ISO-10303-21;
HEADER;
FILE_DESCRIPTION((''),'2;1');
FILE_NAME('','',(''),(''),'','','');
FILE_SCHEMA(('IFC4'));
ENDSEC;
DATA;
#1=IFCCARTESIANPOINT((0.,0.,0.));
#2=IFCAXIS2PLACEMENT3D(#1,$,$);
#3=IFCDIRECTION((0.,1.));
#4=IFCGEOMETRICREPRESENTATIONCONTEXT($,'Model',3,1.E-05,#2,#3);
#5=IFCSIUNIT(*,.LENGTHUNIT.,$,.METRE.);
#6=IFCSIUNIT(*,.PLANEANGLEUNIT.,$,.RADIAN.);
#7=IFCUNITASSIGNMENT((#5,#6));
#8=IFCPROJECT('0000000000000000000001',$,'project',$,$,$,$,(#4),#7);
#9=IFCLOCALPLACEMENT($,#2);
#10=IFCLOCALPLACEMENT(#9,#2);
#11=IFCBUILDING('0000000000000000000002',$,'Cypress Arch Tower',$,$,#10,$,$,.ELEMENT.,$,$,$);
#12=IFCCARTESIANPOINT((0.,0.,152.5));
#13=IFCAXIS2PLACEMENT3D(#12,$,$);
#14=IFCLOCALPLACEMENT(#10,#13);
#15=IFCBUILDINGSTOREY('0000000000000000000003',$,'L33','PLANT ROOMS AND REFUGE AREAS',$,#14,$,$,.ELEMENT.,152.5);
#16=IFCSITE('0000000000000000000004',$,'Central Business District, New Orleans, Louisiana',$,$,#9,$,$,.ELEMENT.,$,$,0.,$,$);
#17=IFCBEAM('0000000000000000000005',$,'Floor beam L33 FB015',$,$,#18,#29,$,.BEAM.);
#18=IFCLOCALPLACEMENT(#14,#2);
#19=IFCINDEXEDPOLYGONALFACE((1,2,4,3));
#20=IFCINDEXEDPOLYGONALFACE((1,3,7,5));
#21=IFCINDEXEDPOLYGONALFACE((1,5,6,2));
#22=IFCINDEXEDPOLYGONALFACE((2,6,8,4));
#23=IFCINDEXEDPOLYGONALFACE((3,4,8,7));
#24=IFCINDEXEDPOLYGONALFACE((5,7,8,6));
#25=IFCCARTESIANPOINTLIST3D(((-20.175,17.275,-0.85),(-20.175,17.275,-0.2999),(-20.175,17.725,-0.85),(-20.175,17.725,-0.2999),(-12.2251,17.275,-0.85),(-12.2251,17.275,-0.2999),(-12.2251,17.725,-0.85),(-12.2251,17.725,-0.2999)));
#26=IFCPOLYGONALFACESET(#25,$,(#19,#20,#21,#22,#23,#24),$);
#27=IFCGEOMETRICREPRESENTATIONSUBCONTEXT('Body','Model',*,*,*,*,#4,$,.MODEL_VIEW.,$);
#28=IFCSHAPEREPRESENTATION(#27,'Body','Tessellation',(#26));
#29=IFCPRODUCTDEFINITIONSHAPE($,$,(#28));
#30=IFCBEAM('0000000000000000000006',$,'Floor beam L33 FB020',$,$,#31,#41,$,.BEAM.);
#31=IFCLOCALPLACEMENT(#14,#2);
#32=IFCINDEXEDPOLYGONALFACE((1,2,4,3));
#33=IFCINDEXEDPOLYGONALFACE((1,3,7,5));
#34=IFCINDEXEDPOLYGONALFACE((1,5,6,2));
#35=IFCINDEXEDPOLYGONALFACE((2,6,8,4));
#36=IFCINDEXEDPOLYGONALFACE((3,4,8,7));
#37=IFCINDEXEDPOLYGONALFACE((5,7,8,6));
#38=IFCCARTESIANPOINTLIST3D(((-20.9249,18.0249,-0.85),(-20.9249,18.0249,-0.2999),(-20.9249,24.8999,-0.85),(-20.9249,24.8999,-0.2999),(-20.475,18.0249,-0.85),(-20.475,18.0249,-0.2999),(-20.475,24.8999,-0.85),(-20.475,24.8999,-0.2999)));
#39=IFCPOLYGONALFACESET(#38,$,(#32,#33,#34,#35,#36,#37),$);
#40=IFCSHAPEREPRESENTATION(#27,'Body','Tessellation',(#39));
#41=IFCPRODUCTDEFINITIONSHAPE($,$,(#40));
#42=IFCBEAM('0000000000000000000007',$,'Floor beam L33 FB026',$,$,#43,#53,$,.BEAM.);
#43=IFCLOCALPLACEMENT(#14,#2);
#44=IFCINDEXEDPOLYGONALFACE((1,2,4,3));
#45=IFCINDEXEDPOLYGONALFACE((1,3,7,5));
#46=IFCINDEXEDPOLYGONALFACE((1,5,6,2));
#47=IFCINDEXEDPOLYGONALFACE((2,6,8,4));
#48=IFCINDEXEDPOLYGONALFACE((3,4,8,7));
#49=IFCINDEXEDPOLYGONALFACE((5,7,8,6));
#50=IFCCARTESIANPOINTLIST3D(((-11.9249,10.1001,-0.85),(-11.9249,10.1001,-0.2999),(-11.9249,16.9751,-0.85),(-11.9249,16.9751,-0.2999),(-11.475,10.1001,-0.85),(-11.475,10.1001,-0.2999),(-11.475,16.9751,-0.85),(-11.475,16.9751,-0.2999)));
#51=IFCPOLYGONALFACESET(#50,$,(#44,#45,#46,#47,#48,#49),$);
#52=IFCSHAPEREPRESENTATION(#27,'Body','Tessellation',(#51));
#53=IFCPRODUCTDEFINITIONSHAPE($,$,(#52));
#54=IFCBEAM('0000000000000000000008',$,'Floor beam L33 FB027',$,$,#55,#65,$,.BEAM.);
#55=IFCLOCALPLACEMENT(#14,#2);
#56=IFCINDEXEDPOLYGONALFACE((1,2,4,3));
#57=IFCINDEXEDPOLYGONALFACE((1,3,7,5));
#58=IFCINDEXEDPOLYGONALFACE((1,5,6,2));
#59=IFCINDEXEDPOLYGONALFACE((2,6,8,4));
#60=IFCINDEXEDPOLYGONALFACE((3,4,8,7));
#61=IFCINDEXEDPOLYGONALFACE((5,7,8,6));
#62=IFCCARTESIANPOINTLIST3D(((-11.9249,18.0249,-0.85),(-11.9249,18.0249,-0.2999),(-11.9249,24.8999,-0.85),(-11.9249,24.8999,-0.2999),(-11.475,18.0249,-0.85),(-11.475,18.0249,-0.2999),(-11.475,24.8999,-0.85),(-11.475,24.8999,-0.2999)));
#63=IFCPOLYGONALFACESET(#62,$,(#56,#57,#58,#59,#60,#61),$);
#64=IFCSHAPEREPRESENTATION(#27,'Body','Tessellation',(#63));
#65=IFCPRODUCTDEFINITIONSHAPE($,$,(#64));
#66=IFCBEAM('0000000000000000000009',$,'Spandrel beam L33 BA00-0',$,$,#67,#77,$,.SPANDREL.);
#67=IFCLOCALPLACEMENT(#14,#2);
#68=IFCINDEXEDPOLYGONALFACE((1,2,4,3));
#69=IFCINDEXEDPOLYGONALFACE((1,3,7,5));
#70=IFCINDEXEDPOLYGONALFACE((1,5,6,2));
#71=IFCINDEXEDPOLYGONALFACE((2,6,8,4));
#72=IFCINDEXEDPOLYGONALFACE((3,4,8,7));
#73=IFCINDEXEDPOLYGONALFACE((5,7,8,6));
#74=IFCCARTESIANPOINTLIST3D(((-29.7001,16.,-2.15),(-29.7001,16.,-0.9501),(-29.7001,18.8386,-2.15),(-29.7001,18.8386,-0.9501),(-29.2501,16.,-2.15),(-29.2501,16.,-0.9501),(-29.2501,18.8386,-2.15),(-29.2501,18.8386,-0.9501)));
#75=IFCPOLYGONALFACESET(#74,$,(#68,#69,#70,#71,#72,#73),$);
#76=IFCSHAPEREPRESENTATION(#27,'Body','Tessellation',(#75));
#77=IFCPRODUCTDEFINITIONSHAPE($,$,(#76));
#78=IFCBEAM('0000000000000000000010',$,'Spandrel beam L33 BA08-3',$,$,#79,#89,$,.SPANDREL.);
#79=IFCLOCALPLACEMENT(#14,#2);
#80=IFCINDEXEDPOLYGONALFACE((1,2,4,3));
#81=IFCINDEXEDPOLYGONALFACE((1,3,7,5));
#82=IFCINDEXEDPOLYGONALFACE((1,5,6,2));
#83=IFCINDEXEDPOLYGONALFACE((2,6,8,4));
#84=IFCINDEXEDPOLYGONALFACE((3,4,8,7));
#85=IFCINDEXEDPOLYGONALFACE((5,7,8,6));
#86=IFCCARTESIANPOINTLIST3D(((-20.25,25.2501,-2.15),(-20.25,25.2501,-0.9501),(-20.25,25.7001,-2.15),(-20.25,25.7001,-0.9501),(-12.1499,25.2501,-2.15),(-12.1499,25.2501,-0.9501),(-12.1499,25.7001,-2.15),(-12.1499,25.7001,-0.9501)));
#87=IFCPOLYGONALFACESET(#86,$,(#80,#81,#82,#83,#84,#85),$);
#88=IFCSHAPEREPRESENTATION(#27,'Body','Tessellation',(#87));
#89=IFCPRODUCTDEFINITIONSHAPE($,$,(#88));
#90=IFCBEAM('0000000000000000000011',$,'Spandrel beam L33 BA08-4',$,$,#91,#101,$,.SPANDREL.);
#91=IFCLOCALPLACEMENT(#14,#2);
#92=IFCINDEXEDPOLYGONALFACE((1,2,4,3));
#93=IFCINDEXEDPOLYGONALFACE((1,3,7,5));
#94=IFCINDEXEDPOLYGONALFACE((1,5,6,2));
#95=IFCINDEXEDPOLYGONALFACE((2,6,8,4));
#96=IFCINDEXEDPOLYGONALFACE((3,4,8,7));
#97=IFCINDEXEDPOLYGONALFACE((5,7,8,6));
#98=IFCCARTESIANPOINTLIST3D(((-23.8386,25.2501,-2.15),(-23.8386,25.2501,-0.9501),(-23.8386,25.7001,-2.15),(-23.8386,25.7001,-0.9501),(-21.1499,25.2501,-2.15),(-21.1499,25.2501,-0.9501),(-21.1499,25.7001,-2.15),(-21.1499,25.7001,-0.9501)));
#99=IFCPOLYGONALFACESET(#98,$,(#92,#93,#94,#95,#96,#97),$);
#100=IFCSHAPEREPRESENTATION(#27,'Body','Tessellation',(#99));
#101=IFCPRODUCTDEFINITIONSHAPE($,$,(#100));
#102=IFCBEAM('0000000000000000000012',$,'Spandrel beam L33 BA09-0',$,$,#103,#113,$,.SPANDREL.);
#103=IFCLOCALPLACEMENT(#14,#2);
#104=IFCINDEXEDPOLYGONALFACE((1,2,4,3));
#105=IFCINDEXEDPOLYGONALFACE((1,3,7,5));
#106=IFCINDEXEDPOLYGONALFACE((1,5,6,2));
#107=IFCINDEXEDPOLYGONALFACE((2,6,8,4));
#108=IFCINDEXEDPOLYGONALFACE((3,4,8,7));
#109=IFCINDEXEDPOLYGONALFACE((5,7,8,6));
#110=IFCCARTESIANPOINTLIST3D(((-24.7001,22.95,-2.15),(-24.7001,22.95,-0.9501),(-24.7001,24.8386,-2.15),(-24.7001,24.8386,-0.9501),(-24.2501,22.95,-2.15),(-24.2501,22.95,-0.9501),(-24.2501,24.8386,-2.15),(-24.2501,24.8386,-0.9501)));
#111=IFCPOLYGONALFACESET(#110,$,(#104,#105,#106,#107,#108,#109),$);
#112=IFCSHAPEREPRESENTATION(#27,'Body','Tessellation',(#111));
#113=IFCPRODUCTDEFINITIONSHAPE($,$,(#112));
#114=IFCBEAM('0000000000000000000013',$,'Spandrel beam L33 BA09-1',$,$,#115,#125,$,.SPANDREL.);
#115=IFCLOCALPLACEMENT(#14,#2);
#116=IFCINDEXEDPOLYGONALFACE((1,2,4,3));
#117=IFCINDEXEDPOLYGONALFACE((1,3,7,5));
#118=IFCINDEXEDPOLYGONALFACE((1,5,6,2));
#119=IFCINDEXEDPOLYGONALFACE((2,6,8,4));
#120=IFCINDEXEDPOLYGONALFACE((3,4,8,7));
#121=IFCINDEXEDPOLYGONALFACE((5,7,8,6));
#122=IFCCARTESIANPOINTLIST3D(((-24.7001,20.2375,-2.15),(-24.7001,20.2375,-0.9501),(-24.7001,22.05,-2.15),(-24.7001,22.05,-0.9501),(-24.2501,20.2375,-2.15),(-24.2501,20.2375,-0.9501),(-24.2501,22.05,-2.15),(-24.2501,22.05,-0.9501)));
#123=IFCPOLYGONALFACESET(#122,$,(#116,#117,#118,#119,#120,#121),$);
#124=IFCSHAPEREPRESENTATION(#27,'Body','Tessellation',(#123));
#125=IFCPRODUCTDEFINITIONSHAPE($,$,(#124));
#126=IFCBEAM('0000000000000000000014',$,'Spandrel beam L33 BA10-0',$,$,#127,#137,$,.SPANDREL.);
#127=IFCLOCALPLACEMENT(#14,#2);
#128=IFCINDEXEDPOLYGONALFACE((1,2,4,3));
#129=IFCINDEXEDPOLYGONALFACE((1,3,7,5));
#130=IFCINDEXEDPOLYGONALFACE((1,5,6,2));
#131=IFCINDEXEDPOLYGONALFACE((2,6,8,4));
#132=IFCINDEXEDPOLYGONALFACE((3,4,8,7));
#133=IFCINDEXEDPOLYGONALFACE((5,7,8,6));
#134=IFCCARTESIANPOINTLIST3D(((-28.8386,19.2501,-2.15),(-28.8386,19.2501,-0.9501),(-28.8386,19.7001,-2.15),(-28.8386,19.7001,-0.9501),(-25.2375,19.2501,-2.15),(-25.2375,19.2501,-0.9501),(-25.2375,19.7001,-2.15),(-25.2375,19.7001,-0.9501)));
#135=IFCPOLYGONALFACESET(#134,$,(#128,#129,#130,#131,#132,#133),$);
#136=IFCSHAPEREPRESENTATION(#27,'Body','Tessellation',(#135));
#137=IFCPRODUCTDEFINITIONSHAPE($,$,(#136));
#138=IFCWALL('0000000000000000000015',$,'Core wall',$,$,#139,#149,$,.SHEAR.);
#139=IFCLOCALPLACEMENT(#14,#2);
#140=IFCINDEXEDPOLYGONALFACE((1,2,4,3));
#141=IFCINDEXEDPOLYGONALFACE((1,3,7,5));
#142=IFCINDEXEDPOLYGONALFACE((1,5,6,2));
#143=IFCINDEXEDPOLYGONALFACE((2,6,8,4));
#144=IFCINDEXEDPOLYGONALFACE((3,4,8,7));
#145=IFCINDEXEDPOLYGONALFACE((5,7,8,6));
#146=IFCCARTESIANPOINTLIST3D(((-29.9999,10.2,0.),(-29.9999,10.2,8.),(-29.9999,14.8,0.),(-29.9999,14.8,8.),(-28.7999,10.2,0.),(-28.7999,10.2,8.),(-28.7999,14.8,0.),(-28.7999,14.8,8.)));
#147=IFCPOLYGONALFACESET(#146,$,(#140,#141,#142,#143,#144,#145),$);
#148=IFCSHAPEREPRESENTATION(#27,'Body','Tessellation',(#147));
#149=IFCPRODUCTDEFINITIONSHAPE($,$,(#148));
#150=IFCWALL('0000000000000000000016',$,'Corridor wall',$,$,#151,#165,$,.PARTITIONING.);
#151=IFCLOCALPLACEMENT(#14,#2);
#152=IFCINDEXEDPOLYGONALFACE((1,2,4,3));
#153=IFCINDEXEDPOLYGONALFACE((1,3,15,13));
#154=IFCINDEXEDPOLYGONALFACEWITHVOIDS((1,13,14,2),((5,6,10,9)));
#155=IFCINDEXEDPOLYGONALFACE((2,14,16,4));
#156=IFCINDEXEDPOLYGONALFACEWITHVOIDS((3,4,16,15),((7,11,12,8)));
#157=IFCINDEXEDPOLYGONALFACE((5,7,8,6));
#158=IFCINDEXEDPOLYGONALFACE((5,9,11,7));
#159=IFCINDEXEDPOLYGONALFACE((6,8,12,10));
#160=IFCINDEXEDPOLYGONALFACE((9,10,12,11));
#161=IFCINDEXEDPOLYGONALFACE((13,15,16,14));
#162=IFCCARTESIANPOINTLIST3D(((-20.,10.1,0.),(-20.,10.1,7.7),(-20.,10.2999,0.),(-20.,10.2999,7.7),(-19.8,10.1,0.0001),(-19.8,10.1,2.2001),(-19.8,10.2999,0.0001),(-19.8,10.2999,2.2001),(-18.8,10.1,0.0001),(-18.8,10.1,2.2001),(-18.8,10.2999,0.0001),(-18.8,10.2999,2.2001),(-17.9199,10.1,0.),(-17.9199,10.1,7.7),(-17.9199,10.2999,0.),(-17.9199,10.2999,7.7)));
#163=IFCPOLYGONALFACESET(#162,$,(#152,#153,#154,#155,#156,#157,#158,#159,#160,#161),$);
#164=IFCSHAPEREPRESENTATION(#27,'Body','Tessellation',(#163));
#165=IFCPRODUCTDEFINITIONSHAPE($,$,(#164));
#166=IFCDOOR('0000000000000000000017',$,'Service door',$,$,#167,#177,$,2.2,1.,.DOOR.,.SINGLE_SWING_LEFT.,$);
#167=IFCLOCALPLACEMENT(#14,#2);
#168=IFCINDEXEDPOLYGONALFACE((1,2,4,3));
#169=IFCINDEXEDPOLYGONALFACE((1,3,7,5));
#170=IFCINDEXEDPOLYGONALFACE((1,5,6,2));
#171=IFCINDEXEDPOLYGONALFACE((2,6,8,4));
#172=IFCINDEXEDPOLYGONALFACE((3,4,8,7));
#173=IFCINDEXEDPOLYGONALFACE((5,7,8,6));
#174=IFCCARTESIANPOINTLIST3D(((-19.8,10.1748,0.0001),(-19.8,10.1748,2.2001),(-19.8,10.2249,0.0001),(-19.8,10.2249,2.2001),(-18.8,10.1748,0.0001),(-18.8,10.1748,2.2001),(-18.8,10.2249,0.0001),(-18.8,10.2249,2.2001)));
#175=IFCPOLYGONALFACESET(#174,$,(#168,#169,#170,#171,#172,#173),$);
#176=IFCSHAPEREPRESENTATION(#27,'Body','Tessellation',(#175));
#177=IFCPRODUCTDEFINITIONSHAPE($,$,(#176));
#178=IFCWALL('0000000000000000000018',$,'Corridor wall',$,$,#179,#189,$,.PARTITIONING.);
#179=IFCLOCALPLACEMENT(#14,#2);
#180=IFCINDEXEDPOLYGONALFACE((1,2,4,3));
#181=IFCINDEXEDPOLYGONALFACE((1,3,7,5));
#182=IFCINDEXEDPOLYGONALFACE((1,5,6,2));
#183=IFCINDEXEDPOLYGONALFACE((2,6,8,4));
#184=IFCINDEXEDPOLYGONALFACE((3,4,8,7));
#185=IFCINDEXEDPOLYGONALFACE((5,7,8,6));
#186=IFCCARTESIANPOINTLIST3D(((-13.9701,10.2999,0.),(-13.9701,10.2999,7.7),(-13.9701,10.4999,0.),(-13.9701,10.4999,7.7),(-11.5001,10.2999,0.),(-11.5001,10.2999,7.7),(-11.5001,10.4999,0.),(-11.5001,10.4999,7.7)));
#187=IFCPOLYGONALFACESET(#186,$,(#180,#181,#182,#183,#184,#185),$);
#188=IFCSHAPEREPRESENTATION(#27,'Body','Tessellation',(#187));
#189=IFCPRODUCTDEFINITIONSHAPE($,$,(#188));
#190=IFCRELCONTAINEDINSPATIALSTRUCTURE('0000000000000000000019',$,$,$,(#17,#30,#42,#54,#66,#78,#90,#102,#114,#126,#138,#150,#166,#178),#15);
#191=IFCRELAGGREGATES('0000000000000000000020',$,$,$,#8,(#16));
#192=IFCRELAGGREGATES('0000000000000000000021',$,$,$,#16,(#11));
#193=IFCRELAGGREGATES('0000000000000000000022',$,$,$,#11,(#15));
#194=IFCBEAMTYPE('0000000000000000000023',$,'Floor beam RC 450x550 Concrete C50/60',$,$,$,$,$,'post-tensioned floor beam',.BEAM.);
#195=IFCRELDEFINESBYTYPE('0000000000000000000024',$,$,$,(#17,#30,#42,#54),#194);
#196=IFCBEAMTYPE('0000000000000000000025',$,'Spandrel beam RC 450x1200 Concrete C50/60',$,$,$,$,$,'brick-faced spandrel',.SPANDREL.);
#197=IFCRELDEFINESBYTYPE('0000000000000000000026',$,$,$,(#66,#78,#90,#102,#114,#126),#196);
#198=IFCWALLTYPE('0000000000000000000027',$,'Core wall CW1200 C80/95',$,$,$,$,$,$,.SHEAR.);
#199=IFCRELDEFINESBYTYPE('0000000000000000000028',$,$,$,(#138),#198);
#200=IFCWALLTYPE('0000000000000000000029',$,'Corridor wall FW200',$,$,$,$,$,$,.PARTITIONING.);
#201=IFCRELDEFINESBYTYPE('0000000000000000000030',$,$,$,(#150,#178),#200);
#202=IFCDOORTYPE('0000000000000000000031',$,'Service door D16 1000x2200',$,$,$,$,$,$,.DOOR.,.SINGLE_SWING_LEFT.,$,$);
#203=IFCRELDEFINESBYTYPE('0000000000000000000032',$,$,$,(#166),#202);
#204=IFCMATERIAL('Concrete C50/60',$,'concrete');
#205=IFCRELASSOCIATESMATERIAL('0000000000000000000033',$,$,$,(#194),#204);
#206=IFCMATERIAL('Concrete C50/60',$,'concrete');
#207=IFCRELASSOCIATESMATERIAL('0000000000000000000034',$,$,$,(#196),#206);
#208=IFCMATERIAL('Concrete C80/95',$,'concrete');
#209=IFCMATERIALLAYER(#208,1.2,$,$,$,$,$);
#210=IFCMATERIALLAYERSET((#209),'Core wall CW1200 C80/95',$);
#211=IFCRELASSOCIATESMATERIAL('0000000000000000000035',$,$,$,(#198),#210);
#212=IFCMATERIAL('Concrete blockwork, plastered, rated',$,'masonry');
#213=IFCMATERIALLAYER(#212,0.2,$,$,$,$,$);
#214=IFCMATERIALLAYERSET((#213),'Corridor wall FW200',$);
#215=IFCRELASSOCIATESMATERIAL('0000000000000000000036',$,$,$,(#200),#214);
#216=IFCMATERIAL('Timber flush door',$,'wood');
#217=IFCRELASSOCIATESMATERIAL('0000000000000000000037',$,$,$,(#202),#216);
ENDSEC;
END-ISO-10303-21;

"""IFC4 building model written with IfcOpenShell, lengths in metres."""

from ifc_helpers import new_model, si_unit, direction, frame, frame_2d, origin, origin_2d, place, context, subcontext, project, spatial, rectangle, extrude, material, layer, layer_set, material_profile, profile_set, type_object, element, fill, save


model = new_model("IFC4")

# Units and contexts
model_context = context("Model", 3, precision=1e-05, world=origin(), true_north=direction((0.0, 1.0)))
body_context = subcontext(model_context, "Body", "Model", "MODEL_VIEW")
ifc_project = project(units=[si_unit("LENGTHUNIT", "METRE"), si_unit("PLANEANGLEUNIT", "RADIAN")], contexts=[model_context])

# Site, building, storey
site_placement = place(None, origin())
site = spatial("IfcSite", under=ifc_project, at=site_placement, Name="Central Business District, New Orleans, Louisiana", CompositionType="ELEMENT", RefElevation=0.0)
building_placement = place(site_placement, origin())
building = spatial("IfcBuilding", under=site, at=building_placement, Name="Cypress Arch Tower", CompositionType="ELEMENT")
storey_placement = place(building_placement, frame((0.0, 0.0, 152.5)))
storey = spatial("IfcBuildingStorey", under=building, at=storey_placement, Name="L33", Description="PLANT ROOMS AND REFUGE AREAS", CompositionType="ELEMENT", Elevation=152.5)

# Beams
ifc_material_1 = material(Name="Concrete C50/60", Category="concrete")
ifc_material_profile_1 = material_profile(ifc_material_1, rectangle(XDim=0.45, YDim=0.55, at=origin_2d()), Name="RC 450x550")
ifc_profile_set_1 = profile_set([ifc_material_profile_1], Name="Concrete C50/60")
beam_type_1 = type_object("IfcBeamType", Name="Floor beam RC 450x550 Concrete C50/60", ElementType="post-tensioned floor beam", PredefinedType="BEAM", material=ifc_profile_set_1)
beam_1_placement = place(storey_placement, frame((-20.175, 17.5, -0.575), z_axis=(1.0, 0.0, 0.0), x_axis=(0.0, 1.0, 0.0)))
element("IfcBeam", 1, at=beam_1_placement, inside=storey, type_object=beam_type_1, Name="Floor beam L33 FB015", PredefinedType="BEAM", context=body_context, shape_type="SweptSolid", body=[
    extrude(rectangle(XDim=0.45, YDim=0.55, at=origin_2d()), origin(), (0.0, 0.0, 1.0), 7.95),
])
for number, where, z_axis, x_axis, name in (
    (2, (-20.7, 18.0249, -0.575), (0.0, 1.0, 0.0), (-1.0, 0.0, 0.0), "Floor beam L33 FB020"),
    (3, (-11.7, 10.1001, -0.575), (0.0, 1.0, 0.0), (-1.0, 0.0, 0.0), "Floor beam L33 FB026"),
    (4, (-11.7, 18.0249, -0.575), (0.0, 1.0, 0.0), (-1.0, 0.0, 0.0), "Floor beam L33 FB027"),
):
    element("IfcBeam", number, at=place(storey_placement, frame(where, z_axis=z_axis, x_axis=x_axis)), inside=storey, type_object=beam_type_1, Name=name, PredefinedType="BEAM", context=body_context, shape_type="SweptSolid", body=[
        extrude(rectangle(XDim=0.45, YDim=0.55, at=origin_2d()), origin(), (0.0, 0.0, 1.0), 6.875),
    ])
ifc_material_2 = material(Name="Concrete C50/60", Category="concrete")
ifc_material_profile_2 = material_profile(ifc_material_2, rectangle(XDim=0.45, YDim=1.2, at=origin_2d()), Name="RC 450x1200")
ifc_profile_set_2 = profile_set([ifc_material_profile_2], Name="Concrete C50/60")
beam_type_2 = type_object("IfcBeamType", Name="Spandrel beam RC 450x1200 Concrete C50/60", ElementType="brick-faced spandrel", PredefinedType="SPANDREL", material=ifc_profile_set_2)
beam_2_placement = place(storey_placement, frame((-29.4751, 18.8386, -1.55), z_axis=(0.0, -1.0, 0.0), x_axis=(1.0, 0.0, 0.0)))
element("IfcBeam", 5, at=beam_2_placement, inside=storey, type_object=beam_type_2, Name="Spandrel beam L33 BA00-0", PredefinedType="SPANDREL", context=body_context, shape_type="SweptSolid", body=[
    extrude(rectangle(XDim=0.45, YDim=1.2, at=origin_2d()), origin(), (0.0, 0.0, 1.0), 2.8386),
])
beam_3_placement = place(storey_placement, frame((-12.1499, 25.4751, -1.55), z_axis=(-1.0, 0.0, 0.0), x_axis=(0.0, -1.0, 0.0)))
element("IfcBeam", 6, at=beam_3_placement, inside=storey, type_object=beam_type_2, Name="Spandrel beam L33 BA08-3", PredefinedType="SPANDREL", context=body_context, shape_type="SweptSolid", body=[
    extrude(rectangle(XDim=0.45, YDim=1.2, at=origin_2d()), origin(), (0.0, 0.0, 1.0), 8.1001),
])
beam_4_placement = place(storey_placement, frame((-21.1499, 25.4751, -1.55), z_axis=(-1.0, 0.0, 0.0), x_axis=(0.0, -1.0, 0.0)))
element("IfcBeam", 7, at=beam_4_placement, inside=storey, type_object=beam_type_2, Name="Spandrel beam L33 BA08-4", PredefinedType="SPANDREL", context=body_context, shape_type="SweptSolid", body=[
    extrude(rectangle(XDim=0.45, YDim=1.2, at=origin_2d()), origin(), (0.0, 0.0, 1.0), 2.6887),
])
beam_5_placement = place(storey_placement, frame((-24.4751, 24.8386, -1.55), z_axis=(0.0, -1.0, 0.0), x_axis=(1.0, 0.0, 0.0)))
element("IfcBeam", 8, at=beam_5_placement, inside=storey, type_object=beam_type_2, Name="Spandrel beam L33 BA09-0", PredefinedType="SPANDREL", context=body_context, shape_type="SweptSolid", body=[
    extrude(rectangle(XDim=0.45, YDim=1.2, at=origin_2d()), origin(), (0.0, 0.0, 1.0), 1.8887),
])
beam_6_placement = place(storey_placement, frame((-24.4751, 22.05, -1.55), z_axis=(0.0, -1.0, 0.0), x_axis=(1.0, 0.0, 0.0)))
element("IfcBeam", 9, at=beam_6_placement, inside=storey, type_object=beam_type_2, Name="Spandrel beam L33 BA09-1", PredefinedType="SPANDREL", context=body_context, shape_type="SweptSolid", body=[
    extrude(rectangle(XDim=0.45, YDim=1.2, at=origin_2d()), origin(), (0.0, 0.0, 1.0), 1.8125),
])
beam_7_placement = place(storey_placement, frame((-25.2375, 19.4751, -1.55), z_axis=(-1.0, 0.0, 0.0), x_axis=(0.0, -1.0, 0.0)))
element("IfcBeam", 10, at=beam_7_placement, inside=storey, type_object=beam_type_2, Name="Spandrel beam L33 BA10-0", PredefinedType="SPANDREL", context=body_context, shape_type="SweptSolid", body=[
    extrude(rectangle(XDim=0.45, YDim=1.2, at=origin_2d()), origin(), (0.0, 0.0, 1.0), 3.6011),
])

# Wall
ifc_material_3 = material(Name="Concrete C80/95", Category="concrete")
ifc_layer_1 = layer(ifc_material_3, 1.2)
ifc_layer_set_1 = layer_set([ifc_layer_1], Name="Core wall CW1200 C80/95")
wall_type_1 = type_object("IfcWallType", Name="Core wall CW1200 C80/95", PredefinedType="SHEAR", material=ifc_layer_set_1)
wall_1_placement = place(storey_placement, frame((-29.3999, 10.2, 0.0), z_axis=(0.0, 0.0, 1.0), x_axis=(0.0, 1.0, 0.0)))
element("IfcWall", 11, at=wall_1_placement, inside=storey, type_object=wall_type_1, Name="Core wall", PredefinedType="SHEAR", context=body_context, shape_type="SweptSolid", body=[
    extrude(rectangle(XDim=4.6001, YDim=1.2, at=frame_2d((2.3, 0.0))), origin(), (0.0, 0.0, 1.0), 8.0),
])

# Wall, opening, door
ifc_material_4 = material(Name="Concrete blockwork, plastered, rated", Category="masonry")
ifc_layer_2 = layer(ifc_material_4, 0.2)
ifc_layer_set_2 = layer_set([ifc_layer_2], Name="Corridor wall FW200")
wall_type_2 = type_object("IfcWallType", Name="Corridor wall FW200", PredefinedType="PARTITIONING", material=ifc_layer_set_2)
wall_2_placement = place(storey_placement, frame((-20.0, 10.2, 0.0), z_axis=(0.0, 0.0, 1.0), x_axis=(1.0, 0.0, 0.0)))
wall_2 = element("IfcWall", 12, at=wall_2_placement, inside=storey, type_object=wall_type_2, Name="Corridor wall", PredefinedType="PARTITIONING", context=body_context, shape_type="SweptSolid", body=[
    extrude(rectangle(XDim=2.0801, YDim=0.2, at=frame_2d((1.04, 0.0))), origin(), (0.0, 0.0, 1.0), 7.7),
])
opening_1_placement = place(wall_2_placement, frame((0.2, 0.0, 0.0)))
opening_1 = element("IfcOpeningElement", 13, at=opening_1_placement, cuts=wall_2, PredefinedType="OPENING", context=body_context, shape_type="SweptSolid", body=[
    extrude(rectangle(XDim=1.0, YDim=2.2, at=frame_2d((0.5, 1.1001))), frame((0.0, 0.1099, 0.0), z_axis=(0.0, -1.0, 0.0), x_axis=(1.0, 0.0, 0.0)), (0.0, 0.0, 1.0), 0.22),
])
ifc_material_5 = material(Name="Timber flush door", Category="wood")
door_type_1 = type_object("IfcDoorType", Name="Service door D16 1000x2200", OperationType="SINGLE_SWING_LEFT", PredefinedType="DOOR", material=ifc_material_5)
door_1_placement = place(opening_1_placement, origin())
door_1 = element("IfcDoor", 14, at=door_1_placement, inside=storey, type_object=door_type_1, Name="Service door", OperationType="SINGLE_SWING_LEFT", OverallHeight=2.2, OverallWidth=1.0, PredefinedType="DOOR", context=body_context, shape_type="SweptSolid", body=[
    extrude(rectangle(XDim=1.0, YDim=2.2, at=frame_2d((0.5, 1.1001))), frame((0.0, 0.0249, 0.0), z_axis=(0.0, -1.0, 0.0), x_axis=(1.0, 0.0, 0.0)), (0.0, 0.0, 1.0), 0.05),
])
fill(opening_1, door_1)

# Wall
wall_3_placement = place(storey_placement, frame((-13.97, 10.3999, 0.0), z_axis=(0.0, 0.0, 1.0), x_axis=(1.0, 0.0, 0.0)))
element("IfcWall", 15, at=wall_3_placement, inside=storey, type_object=wall_type_2, Name="Corridor wall", PredefinedType="PARTITIONING", context=body_context, shape_type="SweptSolid", body=[
    extrude(rectangle(XDim=2.47, YDim=0.2, at=frame_2d((1.2349, 0.0))), origin(), (0.0, 0.0, 1.0), 7.7),
])

save(model, "model.ifc")
